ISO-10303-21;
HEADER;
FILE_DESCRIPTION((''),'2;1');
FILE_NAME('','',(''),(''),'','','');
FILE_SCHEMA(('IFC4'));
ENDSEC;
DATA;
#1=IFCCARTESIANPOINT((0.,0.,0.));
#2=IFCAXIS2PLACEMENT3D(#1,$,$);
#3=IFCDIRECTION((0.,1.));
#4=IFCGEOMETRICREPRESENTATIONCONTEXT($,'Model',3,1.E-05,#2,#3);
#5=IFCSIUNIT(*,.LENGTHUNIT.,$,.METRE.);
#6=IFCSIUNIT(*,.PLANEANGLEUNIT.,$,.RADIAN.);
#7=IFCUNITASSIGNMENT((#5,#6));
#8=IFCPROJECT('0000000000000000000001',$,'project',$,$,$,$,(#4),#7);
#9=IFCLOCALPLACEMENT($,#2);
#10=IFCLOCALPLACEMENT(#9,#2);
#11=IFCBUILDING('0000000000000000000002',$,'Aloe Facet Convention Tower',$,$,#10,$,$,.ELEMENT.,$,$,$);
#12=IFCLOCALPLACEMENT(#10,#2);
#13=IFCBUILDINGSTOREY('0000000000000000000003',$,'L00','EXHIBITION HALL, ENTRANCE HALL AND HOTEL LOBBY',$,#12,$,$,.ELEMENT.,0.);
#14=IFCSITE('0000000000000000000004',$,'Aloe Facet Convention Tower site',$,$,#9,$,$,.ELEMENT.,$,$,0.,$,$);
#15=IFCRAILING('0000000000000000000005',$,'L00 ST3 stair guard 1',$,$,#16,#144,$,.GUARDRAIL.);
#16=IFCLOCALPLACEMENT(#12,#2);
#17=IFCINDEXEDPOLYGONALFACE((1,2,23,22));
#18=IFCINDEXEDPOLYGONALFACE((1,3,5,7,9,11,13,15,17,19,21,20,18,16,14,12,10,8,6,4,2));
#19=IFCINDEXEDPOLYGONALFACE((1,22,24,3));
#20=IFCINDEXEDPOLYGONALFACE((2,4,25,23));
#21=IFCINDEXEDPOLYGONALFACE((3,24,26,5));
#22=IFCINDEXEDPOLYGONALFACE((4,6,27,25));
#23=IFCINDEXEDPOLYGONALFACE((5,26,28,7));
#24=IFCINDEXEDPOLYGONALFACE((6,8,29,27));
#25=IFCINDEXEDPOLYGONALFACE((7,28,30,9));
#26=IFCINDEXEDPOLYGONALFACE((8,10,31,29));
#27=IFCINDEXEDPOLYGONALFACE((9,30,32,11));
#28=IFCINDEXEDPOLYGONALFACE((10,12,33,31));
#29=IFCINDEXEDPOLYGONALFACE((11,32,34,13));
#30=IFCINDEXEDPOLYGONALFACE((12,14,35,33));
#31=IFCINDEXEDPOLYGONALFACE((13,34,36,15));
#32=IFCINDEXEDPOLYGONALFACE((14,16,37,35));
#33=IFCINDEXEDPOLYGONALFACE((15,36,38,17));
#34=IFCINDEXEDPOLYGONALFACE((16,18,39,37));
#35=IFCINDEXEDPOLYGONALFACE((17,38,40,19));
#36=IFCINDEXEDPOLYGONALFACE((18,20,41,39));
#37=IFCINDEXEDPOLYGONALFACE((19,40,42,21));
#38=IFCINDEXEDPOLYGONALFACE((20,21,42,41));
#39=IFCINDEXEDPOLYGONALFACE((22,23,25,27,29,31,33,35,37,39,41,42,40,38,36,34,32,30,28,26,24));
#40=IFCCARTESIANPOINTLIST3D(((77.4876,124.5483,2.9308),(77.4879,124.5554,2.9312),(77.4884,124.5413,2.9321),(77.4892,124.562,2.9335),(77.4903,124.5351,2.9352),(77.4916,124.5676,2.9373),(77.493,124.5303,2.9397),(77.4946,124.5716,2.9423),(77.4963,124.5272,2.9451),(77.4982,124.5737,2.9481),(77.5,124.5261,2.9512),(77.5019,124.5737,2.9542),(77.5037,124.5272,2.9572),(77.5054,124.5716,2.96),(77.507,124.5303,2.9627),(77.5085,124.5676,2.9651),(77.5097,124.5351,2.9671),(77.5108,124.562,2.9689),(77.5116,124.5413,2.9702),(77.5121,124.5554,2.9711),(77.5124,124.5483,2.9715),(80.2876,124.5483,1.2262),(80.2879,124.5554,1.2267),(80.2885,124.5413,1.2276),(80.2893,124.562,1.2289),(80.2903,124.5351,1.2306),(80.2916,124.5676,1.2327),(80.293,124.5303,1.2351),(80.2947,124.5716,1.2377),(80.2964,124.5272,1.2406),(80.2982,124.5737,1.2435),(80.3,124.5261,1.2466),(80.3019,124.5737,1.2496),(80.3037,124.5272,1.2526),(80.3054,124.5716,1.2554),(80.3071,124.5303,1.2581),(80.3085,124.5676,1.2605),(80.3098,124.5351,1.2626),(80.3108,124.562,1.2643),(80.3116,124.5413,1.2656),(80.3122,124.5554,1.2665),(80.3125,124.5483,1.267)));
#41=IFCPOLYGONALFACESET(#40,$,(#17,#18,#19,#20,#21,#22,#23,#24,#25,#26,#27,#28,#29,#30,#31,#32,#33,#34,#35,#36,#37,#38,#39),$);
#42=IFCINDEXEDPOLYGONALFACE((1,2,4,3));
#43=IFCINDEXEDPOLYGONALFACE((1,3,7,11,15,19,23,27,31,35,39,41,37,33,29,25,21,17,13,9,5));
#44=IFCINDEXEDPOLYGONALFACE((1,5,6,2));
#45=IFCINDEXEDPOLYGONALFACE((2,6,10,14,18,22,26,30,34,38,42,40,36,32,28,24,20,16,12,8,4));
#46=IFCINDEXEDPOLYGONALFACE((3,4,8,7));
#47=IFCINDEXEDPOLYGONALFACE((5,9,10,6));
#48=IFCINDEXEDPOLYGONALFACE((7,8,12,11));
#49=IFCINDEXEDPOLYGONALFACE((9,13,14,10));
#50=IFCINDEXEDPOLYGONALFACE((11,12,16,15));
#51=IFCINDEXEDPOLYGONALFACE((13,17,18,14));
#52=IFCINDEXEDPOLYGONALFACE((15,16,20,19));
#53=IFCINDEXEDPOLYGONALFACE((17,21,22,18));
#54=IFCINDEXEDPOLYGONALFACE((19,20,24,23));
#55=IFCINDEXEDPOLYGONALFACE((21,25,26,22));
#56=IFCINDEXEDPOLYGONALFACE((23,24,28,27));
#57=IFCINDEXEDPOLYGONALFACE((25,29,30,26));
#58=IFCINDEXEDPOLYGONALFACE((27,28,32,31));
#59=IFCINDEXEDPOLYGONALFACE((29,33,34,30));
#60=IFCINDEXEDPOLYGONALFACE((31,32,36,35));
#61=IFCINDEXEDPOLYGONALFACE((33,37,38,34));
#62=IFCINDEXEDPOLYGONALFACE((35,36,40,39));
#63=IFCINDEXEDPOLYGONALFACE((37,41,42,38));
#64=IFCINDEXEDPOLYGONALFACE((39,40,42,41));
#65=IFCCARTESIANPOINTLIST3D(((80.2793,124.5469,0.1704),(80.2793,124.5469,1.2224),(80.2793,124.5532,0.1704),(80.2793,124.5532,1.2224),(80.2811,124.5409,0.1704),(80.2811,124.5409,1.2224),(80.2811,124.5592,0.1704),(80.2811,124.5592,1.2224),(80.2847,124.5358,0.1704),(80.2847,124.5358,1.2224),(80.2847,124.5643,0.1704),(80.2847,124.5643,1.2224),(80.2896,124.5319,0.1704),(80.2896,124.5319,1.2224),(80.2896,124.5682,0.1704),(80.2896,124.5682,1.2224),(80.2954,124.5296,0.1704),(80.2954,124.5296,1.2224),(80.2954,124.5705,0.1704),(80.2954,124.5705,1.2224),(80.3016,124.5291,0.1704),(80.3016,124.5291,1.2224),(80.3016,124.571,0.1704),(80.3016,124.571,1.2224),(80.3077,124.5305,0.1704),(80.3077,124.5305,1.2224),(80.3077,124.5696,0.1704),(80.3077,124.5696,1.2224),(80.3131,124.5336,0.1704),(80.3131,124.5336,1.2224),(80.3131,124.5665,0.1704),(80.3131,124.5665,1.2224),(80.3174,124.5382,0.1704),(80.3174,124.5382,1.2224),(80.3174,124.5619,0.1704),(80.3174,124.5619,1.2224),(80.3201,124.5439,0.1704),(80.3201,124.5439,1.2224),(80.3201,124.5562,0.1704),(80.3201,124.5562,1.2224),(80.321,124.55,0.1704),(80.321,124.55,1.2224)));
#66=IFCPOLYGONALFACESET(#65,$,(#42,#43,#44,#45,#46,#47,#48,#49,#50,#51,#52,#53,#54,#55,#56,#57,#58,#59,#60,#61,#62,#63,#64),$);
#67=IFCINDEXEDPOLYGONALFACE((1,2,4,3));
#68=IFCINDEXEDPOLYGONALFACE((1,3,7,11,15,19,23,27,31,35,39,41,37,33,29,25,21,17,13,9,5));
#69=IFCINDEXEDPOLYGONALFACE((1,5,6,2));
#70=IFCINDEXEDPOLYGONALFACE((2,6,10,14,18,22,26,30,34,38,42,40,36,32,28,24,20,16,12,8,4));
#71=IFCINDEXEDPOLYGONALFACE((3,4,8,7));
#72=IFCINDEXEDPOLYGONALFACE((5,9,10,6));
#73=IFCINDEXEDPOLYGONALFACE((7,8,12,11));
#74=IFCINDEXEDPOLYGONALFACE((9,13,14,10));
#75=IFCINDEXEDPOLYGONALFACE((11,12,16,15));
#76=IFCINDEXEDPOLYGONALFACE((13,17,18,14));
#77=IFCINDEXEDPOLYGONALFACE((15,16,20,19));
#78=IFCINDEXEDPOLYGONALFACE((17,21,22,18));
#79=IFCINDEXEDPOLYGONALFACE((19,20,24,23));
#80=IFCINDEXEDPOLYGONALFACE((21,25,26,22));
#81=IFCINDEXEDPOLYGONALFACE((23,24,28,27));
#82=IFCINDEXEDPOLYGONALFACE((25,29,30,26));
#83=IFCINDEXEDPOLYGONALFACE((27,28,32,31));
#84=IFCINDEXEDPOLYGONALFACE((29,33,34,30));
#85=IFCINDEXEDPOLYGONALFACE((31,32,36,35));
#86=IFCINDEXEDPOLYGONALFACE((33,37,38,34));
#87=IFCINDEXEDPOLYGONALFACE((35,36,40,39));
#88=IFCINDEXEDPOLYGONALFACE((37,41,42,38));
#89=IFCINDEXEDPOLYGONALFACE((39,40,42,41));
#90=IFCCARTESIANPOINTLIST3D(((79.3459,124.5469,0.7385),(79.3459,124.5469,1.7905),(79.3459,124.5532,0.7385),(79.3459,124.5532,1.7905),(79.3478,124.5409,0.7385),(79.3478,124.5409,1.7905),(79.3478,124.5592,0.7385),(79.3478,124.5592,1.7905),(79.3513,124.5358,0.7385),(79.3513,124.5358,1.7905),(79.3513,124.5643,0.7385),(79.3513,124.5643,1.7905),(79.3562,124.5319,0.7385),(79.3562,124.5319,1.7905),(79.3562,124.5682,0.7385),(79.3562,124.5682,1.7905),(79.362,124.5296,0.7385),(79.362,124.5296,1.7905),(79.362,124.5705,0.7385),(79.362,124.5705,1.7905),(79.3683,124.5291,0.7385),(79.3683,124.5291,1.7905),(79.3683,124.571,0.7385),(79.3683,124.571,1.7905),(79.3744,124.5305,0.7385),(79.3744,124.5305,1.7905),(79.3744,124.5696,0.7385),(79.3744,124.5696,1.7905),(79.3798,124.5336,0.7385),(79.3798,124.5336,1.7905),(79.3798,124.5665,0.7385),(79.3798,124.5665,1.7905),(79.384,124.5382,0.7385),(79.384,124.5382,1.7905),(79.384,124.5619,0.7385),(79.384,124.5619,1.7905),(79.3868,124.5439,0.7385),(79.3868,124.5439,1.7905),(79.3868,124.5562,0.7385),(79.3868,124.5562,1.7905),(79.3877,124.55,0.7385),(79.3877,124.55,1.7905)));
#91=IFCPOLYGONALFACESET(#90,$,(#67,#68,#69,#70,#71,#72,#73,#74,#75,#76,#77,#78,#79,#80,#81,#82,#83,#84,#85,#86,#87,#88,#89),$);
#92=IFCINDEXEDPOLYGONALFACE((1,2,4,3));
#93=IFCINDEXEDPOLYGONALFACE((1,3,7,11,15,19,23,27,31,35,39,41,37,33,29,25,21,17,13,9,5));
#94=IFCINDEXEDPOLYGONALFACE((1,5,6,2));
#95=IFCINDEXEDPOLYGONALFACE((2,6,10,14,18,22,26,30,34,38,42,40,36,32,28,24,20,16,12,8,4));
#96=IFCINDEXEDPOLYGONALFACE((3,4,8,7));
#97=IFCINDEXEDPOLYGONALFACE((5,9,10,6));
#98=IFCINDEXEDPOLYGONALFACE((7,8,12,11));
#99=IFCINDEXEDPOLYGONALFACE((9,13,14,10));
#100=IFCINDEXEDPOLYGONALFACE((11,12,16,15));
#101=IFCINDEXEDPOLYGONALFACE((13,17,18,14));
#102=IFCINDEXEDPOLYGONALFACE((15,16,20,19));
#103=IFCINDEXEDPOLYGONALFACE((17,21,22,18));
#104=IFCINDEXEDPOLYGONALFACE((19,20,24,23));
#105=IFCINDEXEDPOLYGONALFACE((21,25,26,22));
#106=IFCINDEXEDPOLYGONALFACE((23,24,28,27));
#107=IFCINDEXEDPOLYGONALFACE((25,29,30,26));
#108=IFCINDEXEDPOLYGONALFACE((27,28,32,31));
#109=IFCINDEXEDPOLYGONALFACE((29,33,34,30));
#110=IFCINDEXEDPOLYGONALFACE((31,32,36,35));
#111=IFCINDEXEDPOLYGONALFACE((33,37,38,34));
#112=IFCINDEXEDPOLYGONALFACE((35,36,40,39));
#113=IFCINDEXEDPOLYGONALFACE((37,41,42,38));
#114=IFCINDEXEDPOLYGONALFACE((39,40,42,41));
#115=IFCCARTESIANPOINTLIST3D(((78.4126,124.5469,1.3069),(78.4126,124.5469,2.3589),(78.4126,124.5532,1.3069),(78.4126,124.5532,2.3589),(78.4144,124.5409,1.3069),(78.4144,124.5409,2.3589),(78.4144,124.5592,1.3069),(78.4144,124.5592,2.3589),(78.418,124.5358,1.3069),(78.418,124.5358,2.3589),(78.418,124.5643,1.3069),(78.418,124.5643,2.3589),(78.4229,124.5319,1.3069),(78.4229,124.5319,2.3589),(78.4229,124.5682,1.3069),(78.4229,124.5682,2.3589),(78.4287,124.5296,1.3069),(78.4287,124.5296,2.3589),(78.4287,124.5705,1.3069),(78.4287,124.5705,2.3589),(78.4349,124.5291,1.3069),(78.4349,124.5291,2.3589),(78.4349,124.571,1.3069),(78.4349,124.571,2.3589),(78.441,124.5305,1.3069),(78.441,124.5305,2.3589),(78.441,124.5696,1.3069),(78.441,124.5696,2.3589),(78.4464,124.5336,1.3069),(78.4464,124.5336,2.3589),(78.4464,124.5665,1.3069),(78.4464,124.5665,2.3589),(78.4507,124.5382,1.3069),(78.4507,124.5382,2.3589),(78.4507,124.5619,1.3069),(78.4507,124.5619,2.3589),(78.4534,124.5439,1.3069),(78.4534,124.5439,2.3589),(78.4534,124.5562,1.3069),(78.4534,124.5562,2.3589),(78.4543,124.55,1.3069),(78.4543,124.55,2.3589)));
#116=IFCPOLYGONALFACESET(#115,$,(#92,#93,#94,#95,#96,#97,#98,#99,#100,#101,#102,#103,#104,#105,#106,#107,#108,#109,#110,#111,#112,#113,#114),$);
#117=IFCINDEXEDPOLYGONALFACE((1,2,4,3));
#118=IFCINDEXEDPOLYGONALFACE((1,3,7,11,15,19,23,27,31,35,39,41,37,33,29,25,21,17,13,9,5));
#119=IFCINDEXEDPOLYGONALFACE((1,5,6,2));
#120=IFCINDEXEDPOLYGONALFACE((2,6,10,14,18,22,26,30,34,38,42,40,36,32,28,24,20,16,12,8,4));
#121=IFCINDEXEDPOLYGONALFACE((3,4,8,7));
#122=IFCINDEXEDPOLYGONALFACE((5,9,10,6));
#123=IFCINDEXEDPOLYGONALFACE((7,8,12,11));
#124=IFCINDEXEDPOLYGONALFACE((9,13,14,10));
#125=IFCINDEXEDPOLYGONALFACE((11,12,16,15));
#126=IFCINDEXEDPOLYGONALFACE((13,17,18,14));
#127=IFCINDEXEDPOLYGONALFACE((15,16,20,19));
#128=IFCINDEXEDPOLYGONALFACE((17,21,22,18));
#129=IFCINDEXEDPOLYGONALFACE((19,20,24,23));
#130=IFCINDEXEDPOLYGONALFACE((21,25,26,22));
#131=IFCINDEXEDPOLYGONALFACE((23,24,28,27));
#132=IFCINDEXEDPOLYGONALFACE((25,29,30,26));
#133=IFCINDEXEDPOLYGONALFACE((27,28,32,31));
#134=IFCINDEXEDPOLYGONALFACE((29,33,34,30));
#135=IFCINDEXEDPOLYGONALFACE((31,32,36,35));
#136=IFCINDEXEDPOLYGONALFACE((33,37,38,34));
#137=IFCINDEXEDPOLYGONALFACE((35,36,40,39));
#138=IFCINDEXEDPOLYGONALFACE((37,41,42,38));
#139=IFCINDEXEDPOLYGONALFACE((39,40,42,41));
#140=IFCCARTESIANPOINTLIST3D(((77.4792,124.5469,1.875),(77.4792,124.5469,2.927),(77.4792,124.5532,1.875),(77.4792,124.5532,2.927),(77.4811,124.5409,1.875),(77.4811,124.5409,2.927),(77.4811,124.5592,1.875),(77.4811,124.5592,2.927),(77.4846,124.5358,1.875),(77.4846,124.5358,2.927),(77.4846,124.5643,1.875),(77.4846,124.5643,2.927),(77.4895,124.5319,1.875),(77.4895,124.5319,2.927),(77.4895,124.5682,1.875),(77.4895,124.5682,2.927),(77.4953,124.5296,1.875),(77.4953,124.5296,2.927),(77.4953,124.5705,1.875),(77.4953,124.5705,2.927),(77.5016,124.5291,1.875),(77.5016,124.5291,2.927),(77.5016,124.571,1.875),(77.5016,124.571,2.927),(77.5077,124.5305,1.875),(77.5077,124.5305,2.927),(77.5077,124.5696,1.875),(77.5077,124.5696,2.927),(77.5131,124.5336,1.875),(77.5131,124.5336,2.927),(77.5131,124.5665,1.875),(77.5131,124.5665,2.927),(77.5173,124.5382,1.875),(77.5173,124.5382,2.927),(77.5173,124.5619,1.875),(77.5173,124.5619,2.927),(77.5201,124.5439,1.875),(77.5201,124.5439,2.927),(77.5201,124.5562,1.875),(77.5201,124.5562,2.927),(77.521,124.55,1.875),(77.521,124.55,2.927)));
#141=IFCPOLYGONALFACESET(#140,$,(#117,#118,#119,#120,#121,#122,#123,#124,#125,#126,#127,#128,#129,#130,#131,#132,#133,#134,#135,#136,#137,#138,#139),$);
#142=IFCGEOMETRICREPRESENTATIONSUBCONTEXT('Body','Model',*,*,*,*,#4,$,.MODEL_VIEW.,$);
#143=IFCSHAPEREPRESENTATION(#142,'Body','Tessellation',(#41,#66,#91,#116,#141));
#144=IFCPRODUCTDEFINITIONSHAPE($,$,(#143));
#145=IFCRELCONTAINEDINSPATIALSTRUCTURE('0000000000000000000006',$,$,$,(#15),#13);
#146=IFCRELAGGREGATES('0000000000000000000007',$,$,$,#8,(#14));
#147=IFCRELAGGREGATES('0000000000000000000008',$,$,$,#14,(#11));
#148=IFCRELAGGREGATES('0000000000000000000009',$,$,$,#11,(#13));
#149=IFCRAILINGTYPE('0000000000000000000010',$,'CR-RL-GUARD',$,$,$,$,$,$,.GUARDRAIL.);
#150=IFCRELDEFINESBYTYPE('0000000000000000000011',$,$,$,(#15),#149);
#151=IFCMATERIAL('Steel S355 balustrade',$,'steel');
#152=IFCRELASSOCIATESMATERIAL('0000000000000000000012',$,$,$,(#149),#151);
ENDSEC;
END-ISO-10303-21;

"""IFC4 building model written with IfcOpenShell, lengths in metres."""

from ifc_helpers import new_model, si_unit, direction, frame, origin, origin_2d, place, context, subcontext, project, spatial, circle, extrude, material, type_object, element, save


model = new_model("IFC4")

# Units and contexts
model_context = context("Model", 3, precision=1e-05, world=origin(), true_north=direction((0.0, 1.0)))
body_context = subcontext(model_context, "Body", "Model", "MODEL_VIEW")
ifc_project = project(units=[si_unit("LENGTHUNIT", "METRE"), si_unit("PLANEANGLEUNIT", "RADIAN")], contexts=[model_context])

# Site, building, storey
site_placement = place(None, origin())
site = spatial("IfcSite", under=ifc_project, at=site_placement, Name="Aloe Facet Convention Tower site", CompositionType="ELEMENT", RefElevation=0.0)
building_placement = place(site_placement, origin())
building = spatial("IfcBuilding", under=site, at=building_placement, Name="Aloe Facet Convention Tower", CompositionType="ELEMENT")
storey_placement = place(building_placement, origin())
storey = spatial("IfcBuildingStorey", under=building, at=storey_placement, Name="L00", Description="EXHIBITION HALL, ENTRANCE HALL AND HOTEL LOBBY", CompositionType="ELEMENT", Elevation=0.0)

# Railing
ifc_material_1 = material(Name="Steel S355 balustrade", Category="steel")
railing_type_1 = type_object("IfcRailingType", Name="CR-RL-GUARD", PredefinedType="GUARDRAIL", material=ifc_material_1)
railing_1_placement = place(storey_placement, frame((80.3, 124.55, 0.1704)))
element("IfcRailing", 1, at=railing_1_placement, inside=storey, type_object=railing_type_1, Name="L00 ST3 stair guard 1", PredefinedType="GUARDRAIL", context=body_context, shape_type="SweptSolid", body=[
    extrude(circle(Radius=0.0239, at=origin_2d()), frame((0.0, 0.0, 1.0762), z_axis=(-0.85417, 0.0, 0.519994), x_axis=(0.0, -1.0, 0.0)), (0.0, 0.0, 1.0), 3.2781),
    extrude(circle(Radius=0.021, at=origin_2d()), origin(), (0.0, 0.0, 1.0), 1.052),
    extrude(circle(Radius=0.021, at=origin_2d()), frame((-0.9333, 0.0, 0.5681)), (0.0, 0.0, 1.0), 1.052),
    extrude(circle(Radius=0.021, at=origin_2d()), frame((-1.8667, 0.0, 1.1365)), (0.0, 0.0, 1.0), 1.052),
    extrude(circle(Radius=0.021, at=origin_2d()), frame((-2.8, 0.0, 1.7046)), (0.0, 0.0, 1.0), 1.052),
])

save(model, "model.ifc")
